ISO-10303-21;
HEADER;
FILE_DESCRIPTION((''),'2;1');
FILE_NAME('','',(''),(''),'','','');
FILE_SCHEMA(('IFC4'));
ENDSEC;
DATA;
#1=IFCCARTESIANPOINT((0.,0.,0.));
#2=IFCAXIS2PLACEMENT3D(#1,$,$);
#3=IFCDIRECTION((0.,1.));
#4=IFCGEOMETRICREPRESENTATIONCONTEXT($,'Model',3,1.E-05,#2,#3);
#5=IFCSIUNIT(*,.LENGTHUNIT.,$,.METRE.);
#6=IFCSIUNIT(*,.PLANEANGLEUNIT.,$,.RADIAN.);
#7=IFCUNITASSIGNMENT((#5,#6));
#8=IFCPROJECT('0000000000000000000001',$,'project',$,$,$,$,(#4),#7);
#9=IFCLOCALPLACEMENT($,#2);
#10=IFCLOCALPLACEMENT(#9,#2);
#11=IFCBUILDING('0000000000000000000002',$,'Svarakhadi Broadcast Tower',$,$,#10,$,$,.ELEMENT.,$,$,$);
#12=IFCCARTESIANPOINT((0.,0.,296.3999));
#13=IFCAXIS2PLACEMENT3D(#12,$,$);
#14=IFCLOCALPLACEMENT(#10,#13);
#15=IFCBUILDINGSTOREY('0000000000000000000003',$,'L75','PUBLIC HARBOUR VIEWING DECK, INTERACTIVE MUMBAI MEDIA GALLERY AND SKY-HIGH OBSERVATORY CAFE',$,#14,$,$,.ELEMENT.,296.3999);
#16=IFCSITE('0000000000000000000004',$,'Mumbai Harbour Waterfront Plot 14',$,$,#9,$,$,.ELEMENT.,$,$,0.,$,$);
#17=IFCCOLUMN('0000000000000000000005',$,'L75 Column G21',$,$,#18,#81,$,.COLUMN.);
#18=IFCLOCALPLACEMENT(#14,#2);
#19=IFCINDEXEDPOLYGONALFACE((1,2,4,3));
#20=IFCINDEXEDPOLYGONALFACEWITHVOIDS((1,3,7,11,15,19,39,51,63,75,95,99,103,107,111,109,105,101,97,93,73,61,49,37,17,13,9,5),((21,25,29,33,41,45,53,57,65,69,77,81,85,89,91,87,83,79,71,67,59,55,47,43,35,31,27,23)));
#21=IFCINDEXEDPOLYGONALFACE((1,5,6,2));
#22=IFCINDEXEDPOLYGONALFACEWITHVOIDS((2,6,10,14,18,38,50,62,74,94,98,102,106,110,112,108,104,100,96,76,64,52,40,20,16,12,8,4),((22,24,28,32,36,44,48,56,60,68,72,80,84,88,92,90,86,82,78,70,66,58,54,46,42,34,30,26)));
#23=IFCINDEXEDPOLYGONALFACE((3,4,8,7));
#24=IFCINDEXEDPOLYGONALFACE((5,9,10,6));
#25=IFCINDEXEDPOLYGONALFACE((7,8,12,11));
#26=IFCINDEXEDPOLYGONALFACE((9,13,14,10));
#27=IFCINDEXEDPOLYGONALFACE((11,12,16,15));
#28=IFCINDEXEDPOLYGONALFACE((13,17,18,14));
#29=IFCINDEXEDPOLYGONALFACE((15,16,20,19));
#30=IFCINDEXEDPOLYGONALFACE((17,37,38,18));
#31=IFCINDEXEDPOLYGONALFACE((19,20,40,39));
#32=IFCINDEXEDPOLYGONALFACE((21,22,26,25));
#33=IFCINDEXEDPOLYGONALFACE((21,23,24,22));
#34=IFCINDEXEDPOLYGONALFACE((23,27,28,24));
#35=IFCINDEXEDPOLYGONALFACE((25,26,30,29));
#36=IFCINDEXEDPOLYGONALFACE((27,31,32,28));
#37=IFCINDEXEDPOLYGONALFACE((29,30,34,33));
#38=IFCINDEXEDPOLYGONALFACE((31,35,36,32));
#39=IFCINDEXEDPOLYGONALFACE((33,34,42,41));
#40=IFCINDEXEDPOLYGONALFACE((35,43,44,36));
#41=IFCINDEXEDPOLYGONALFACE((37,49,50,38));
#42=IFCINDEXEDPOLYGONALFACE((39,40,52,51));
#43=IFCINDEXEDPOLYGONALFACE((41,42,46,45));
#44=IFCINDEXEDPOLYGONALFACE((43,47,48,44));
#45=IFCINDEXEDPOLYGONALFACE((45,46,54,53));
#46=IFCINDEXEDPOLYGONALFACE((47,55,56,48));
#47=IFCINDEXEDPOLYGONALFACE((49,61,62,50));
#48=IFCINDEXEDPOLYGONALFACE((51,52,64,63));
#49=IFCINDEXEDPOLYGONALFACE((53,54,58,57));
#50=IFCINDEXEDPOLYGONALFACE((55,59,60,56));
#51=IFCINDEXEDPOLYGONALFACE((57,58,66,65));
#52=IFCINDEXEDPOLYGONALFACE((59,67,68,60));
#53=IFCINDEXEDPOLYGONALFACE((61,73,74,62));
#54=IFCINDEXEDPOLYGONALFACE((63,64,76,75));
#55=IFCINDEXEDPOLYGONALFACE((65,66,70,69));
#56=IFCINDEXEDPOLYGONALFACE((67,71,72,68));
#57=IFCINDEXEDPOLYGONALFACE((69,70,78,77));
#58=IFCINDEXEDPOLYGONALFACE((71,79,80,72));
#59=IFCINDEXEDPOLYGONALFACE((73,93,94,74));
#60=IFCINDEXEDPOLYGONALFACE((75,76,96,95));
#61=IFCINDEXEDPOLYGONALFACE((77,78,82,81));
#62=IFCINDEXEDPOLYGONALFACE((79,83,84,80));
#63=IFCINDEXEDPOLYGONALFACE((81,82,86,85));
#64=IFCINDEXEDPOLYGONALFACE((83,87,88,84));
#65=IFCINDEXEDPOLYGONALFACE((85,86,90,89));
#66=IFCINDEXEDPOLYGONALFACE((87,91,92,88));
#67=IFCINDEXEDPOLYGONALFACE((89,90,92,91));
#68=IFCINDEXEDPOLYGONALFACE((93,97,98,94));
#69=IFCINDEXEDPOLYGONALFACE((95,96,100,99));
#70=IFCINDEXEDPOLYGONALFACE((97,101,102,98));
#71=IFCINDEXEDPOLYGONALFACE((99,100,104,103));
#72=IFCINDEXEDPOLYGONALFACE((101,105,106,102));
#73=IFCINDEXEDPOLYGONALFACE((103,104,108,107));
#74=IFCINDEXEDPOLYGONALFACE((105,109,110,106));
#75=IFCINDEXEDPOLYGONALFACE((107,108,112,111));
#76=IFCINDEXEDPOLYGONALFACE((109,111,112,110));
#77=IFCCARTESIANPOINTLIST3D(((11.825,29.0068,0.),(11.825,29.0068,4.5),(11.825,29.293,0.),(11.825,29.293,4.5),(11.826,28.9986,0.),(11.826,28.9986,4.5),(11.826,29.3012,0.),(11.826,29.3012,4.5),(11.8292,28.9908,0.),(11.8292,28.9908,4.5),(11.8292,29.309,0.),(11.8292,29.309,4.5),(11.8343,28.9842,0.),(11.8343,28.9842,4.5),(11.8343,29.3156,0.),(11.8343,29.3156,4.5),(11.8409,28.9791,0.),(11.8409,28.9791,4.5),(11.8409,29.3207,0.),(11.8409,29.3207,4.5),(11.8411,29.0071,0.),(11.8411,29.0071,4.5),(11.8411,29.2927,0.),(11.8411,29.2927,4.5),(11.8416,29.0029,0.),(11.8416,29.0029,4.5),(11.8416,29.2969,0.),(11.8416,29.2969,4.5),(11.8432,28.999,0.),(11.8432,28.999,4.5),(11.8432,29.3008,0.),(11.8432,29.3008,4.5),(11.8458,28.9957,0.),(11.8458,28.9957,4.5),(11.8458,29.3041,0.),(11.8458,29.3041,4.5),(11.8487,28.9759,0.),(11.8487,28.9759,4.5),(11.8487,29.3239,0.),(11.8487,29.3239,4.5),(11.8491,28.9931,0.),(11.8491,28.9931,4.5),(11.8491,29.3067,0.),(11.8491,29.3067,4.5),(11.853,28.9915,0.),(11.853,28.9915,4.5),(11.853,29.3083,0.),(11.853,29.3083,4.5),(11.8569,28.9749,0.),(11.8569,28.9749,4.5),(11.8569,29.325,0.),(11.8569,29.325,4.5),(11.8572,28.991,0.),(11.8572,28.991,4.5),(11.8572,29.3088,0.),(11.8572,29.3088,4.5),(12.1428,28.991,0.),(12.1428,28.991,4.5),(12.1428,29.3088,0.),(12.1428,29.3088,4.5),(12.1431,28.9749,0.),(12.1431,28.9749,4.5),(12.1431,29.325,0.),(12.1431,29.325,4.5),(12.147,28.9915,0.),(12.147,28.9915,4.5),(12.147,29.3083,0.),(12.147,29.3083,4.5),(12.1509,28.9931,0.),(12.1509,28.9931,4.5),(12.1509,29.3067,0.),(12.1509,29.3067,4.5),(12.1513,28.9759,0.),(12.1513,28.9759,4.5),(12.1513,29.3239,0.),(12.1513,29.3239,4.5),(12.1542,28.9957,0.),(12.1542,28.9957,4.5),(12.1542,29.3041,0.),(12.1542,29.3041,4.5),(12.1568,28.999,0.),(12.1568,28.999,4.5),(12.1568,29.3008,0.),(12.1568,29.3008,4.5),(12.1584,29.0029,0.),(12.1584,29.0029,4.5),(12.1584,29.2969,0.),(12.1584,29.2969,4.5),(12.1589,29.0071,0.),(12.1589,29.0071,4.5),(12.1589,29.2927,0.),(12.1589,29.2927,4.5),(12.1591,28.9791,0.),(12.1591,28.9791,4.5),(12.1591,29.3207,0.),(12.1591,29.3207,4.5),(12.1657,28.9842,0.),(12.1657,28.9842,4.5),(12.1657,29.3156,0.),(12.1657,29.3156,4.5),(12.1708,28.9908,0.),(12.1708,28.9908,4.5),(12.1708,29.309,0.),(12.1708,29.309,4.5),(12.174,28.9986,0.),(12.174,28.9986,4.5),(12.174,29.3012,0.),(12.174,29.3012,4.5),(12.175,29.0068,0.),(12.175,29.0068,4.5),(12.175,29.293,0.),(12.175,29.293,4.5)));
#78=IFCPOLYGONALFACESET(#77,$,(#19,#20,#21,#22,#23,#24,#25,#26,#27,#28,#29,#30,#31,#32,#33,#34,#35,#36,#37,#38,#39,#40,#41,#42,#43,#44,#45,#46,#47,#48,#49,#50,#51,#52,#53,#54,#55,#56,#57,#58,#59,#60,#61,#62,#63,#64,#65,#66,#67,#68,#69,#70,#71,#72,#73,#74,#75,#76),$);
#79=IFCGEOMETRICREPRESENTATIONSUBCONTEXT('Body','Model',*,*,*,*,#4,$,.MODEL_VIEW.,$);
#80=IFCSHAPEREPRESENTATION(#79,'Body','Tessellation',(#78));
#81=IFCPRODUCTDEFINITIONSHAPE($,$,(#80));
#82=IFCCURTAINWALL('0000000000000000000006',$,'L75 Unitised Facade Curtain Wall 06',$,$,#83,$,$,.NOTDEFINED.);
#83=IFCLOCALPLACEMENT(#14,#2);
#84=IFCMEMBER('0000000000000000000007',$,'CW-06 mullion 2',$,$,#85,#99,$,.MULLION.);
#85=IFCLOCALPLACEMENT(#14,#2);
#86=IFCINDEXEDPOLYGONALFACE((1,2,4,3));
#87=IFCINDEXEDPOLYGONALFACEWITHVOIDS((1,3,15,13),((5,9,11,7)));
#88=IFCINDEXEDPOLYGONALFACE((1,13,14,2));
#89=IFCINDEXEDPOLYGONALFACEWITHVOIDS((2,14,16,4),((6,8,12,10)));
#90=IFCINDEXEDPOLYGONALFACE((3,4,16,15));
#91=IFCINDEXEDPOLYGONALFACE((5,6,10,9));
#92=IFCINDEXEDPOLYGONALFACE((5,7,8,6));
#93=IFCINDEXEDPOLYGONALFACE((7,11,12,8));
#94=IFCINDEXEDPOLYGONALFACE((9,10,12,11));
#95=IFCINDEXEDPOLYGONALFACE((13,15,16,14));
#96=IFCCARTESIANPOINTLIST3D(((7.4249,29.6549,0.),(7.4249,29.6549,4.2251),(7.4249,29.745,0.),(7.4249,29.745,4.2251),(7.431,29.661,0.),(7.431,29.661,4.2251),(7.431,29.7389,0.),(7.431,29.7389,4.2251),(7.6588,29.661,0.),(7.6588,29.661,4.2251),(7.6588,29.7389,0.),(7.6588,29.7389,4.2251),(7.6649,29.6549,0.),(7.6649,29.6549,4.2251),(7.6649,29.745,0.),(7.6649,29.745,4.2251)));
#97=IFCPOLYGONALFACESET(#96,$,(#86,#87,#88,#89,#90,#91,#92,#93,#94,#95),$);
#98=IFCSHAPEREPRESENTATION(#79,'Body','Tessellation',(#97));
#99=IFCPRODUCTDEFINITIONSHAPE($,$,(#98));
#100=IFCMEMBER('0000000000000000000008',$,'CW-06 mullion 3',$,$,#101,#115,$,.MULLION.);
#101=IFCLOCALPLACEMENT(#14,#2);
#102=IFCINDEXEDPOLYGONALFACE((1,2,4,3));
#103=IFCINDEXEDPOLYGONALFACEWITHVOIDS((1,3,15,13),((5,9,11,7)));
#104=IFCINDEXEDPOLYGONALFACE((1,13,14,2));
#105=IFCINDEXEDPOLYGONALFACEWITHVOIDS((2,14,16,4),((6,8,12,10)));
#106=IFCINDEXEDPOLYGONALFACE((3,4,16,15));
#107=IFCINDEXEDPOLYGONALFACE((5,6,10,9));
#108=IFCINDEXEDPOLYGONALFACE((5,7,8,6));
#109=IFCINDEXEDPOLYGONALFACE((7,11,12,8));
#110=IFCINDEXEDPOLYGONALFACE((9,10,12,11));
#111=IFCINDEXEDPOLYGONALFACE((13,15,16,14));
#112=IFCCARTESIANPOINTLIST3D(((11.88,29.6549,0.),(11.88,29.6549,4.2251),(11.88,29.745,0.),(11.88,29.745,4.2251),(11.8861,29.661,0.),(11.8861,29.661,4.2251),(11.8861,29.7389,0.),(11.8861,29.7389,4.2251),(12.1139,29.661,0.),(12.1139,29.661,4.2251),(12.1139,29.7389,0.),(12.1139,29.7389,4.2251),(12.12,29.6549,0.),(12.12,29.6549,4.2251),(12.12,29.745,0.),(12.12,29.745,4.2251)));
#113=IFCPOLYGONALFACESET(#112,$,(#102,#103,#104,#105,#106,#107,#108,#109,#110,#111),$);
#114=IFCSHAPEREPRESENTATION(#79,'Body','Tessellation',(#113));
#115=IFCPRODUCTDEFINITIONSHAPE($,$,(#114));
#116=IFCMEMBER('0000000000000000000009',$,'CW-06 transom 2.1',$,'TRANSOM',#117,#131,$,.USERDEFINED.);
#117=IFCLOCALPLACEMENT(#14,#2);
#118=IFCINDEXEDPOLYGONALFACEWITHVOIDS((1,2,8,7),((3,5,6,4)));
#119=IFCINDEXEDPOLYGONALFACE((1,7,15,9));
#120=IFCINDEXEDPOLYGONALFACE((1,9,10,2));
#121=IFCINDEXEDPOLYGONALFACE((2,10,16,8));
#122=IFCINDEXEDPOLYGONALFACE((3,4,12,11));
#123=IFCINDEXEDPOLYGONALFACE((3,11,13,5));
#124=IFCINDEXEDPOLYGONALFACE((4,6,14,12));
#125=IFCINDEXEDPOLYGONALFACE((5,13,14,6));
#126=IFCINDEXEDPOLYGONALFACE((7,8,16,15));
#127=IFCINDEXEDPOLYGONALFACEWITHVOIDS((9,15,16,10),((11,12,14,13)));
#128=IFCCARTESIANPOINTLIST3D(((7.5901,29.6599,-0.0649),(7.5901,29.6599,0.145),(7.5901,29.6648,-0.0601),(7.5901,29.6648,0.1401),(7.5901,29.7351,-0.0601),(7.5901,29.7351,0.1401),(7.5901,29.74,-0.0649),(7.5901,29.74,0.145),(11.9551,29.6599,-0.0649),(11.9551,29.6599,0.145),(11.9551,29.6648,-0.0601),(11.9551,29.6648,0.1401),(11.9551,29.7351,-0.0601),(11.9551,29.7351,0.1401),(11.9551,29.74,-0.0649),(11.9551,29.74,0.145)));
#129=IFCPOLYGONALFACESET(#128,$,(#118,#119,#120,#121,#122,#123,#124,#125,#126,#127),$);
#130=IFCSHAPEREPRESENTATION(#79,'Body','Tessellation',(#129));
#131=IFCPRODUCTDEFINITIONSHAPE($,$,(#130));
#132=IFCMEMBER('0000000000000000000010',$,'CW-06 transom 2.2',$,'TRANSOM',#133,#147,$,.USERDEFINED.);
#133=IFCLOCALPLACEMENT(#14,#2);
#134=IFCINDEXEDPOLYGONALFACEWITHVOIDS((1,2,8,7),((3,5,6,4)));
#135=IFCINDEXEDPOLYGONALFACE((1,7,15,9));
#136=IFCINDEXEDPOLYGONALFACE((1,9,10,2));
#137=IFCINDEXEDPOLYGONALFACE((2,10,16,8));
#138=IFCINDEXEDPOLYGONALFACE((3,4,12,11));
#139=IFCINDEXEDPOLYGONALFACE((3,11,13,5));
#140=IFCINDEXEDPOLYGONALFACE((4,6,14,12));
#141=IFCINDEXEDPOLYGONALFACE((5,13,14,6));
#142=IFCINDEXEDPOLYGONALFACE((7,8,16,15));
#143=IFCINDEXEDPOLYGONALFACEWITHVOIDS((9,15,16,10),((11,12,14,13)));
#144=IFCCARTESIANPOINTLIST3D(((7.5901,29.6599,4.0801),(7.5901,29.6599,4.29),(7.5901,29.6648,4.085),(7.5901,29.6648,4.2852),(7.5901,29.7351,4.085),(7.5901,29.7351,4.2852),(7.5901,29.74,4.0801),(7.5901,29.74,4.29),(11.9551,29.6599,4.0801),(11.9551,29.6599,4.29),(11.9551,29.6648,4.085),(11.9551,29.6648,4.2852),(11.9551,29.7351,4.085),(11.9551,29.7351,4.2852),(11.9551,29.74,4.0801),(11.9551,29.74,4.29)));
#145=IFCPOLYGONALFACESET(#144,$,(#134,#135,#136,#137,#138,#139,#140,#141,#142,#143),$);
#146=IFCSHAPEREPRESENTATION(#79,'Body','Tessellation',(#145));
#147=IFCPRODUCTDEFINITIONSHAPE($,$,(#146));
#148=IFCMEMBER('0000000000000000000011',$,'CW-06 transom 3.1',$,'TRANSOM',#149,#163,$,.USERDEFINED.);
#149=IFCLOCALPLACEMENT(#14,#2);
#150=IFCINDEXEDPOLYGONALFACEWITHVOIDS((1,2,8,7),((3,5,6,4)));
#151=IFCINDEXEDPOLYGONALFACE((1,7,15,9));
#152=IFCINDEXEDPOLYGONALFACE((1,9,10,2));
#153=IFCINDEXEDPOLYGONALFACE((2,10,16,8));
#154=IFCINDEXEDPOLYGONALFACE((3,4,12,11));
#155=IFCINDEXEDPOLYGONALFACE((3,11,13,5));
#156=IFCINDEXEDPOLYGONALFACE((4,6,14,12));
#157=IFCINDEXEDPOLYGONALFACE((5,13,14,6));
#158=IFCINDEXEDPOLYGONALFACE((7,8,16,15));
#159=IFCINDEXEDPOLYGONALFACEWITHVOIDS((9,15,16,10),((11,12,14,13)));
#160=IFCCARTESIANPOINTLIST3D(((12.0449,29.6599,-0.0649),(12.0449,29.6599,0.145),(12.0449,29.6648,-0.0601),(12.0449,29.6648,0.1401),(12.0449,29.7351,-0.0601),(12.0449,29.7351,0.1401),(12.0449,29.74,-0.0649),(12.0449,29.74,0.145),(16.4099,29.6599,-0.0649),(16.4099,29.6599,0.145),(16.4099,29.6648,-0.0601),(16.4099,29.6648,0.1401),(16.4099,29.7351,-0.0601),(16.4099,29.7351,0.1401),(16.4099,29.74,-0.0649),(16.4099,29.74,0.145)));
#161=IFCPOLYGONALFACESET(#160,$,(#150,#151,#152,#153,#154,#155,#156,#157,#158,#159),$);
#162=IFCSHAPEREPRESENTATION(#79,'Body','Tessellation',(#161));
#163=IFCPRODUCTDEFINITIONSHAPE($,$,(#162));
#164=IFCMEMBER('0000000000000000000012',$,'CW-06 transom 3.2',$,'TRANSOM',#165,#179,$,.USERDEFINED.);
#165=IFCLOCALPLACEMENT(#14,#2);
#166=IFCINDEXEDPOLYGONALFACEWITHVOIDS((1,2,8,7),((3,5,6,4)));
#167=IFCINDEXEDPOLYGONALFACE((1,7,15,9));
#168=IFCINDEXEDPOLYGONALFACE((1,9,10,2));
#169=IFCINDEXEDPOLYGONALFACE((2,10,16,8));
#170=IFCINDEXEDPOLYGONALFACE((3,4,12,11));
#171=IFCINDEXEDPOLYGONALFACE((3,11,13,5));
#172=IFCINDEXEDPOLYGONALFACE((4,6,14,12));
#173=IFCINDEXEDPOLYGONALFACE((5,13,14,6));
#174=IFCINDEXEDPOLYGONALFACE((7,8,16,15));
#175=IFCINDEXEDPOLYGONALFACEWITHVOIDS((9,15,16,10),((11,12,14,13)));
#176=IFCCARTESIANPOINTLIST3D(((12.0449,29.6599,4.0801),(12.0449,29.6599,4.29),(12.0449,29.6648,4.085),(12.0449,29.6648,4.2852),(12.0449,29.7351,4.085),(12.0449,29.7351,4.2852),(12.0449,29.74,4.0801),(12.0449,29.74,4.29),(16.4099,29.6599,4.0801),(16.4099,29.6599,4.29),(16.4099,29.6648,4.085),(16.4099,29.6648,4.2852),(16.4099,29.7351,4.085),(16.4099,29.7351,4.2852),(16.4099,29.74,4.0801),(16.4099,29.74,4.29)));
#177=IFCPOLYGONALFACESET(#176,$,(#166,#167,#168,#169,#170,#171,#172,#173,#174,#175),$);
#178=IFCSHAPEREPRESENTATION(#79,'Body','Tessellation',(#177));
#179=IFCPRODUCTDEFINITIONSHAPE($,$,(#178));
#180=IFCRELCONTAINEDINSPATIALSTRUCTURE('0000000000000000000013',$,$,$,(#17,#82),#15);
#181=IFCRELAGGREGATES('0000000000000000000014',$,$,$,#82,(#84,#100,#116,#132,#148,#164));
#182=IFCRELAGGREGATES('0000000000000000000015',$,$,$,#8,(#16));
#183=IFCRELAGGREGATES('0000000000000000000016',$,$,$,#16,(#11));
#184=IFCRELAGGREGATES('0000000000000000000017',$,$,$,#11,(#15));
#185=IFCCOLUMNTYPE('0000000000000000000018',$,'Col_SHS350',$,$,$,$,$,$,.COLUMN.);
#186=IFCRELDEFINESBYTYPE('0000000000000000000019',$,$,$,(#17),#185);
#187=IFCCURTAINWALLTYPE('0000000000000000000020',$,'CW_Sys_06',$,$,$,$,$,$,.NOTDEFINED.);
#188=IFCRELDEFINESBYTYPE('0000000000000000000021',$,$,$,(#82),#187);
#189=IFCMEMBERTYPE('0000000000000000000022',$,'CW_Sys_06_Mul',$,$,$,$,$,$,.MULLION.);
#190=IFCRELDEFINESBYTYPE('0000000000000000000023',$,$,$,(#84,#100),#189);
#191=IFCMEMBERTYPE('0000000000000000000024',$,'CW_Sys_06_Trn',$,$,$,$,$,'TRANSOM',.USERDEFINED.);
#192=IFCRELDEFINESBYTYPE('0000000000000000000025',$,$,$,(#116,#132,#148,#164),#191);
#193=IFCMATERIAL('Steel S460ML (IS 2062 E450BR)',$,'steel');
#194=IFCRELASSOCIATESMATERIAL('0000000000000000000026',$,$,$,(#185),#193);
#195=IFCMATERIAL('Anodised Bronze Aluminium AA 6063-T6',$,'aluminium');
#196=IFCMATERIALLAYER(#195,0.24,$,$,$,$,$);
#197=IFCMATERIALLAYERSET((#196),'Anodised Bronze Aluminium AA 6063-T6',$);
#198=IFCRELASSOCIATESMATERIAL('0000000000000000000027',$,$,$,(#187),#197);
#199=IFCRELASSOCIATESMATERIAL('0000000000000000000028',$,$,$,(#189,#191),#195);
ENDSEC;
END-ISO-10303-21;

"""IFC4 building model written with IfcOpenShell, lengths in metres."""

from ifc_helpers import new_model, si_unit, direction, frame, origin, origin_2d, place, context, subcontext, project, spatial, hollow_rectangle, extrude, material, layer, layer_set, material_profile, profile_set, type_object, element, aggregate, save


model = new_model("IFC4")

# Units and contexts
model_context = context("Model", 3, precision=1e-05, world=origin(), true_north=direction((0.0, 1.0)))
body_context = subcontext(model_context, "Body", "Model", "MODEL_VIEW")
ifc_project = project(units=[si_unit("LENGTHUNIT", "METRE"), si_unit("PLANEANGLEUNIT", "RADIAN")], contexts=[model_context])

# Site, building, storey
site_placement = place(None, origin())
site = spatial("IfcSite", under=ifc_project, at=site_placement, Name="Mumbai Harbour Waterfront Plot 14", CompositionType="ELEMENT", RefElevation=0.0)
building_placement = place(site_placement, origin())
building = spatial("IfcBuilding", under=site, at=building_placement, Name="Svarakhadi Broadcast Tower", CompositionType="ELEMENT")
storey_placement = place(building_placement, frame((0.0, 0.0, 296.3999)))
storey = spatial("IfcBuildingStorey", under=building, at=storey_placement, Name="L75", Description="PUBLIC HARBOUR VIEWING DECK, INTERACTIVE MUMBAI MEDIA GALLERY AND SKY-HIGH OBSERVATORY CAFE", CompositionType="ELEMENT", Elevation=296.3999)

# Column
ifc_material_1 = material(Name="Steel S460ML (IS 2062 E450BR)", Category="steel")
ifc_material_profile_1 = material_profile(ifc_material_1, hollow_rectangle(XDim=0.3501, YDim=0.3501, WallThickness=0.0161, InnerFilletRadius=0.0161, OuterFilletRadius=0.032, at=origin_2d()), Name="SHS 350x350x16")
ifc_profile_set_1 = profile_set([ifc_material_profile_1], Name="Steel S460ML (IS 2062 E450BR)")
column_type = type_object("IfcColumnType", Name="Col_SHS350", PredefinedType="COLUMN", material=ifc_profile_set_1)
column_placement = place(storey_placement, frame((12.0, 29.1499, 0.0), z_axis=(0.0, 0.0, 1.0), x_axis=(1.0, 0.0, 0.0)))
element("IfcColumn", 1, at=column_placement, inside=storey, type_object=column_type, Name="L75 Column G21", PredefinedType="COLUMN", context=body_context, shape_type="SweptSolid", body=[
    extrude(hollow_rectangle(XDim=0.3501, YDim=0.3501, WallThickness=0.0161, InnerFilletRadius=0.0161, OuterFilletRadius=0.032, at=origin_2d()), origin(), (0.0, 0.0, 1.0), 4.5),
])

# Curtain wall, members
ifc_material_2 = material(Name="Anodised Bronze Aluminium AA 6063-T6", Category="aluminium")
ifc_layer_1 = layer(ifc_material_2, 0.24)
ifc_layer_set_1 = layer_set([ifc_layer_1], Name="Anodised Bronze Aluminium AA 6063-T6")
curtain_wall_type = type_object("IfcCurtainWallType", Name="CW_Sys_06", PredefinedType="NOTDEFINED", material=ifc_layer_set_1)
curtain_wall_placement = place(storey_placement, origin())
curtain_wall = element("IfcCurtainWall", 2, at=curtain_wall_placement, inside=storey, type_object=curtain_wall_type, Name="L75 Unitised Facade Curtain Wall 06", PredefinedType="NOTDEFINED")
ifc_material_profile_2 = material_profile(ifc_material_2, hollow_rectangle(XDim=0.0901, YDim=0.24, WallThickness=0.0061, at=origin_2d()), Name="ALU MULLION 240x90x6")
ifc_profile_set_2 = profile_set([ifc_material_profile_2], Name="Anodised Bronze Aluminium AA 6063-T6")
member_type_1 = type_object("IfcMemberType", Name="CW_Sys_06_Mul", PredefinedType="MULLION", material=ifc_profile_set_2)
member_1_placement = place(storey_placement, frame((7.5449, 29.7, 0.0), z_axis=(0.0, 0.0, 1.0), x_axis=(0.0, 1.0, 0.0)))
member_1 = element("IfcMember", 3, at=member_1_placement, type_object=member_type_1, Name="CW-06 mullion 2", PredefinedType="MULLION", context=body_context, shape_type="SweptSolid", body=[
    extrude(hollow_rectangle(XDim=0.0901, YDim=0.24, WallThickness=0.0061, at=origin_2d()), origin(), (0.0, 0.0, 1.0), 4.2251),
])
member_2_placement = place(storey_placement, frame((12.0, 29.7, 0.0), z_axis=(0.0, 0.0, 1.0), x_axis=(0.0, 1.0, 0.0)))
member_2 = element("IfcMember", 4, at=member_2_placement, type_object=member_type_1, Name="CW-06 mullion 3", PredefinedType="MULLION", context=body_context, shape_type="SweptSolid", body=[
    extrude(hollow_rectangle(XDim=0.0901, YDim=0.24, WallThickness=0.0061, at=origin_2d()), origin(), (0.0, 0.0, 1.0), 4.2251),
])
ifc_material_profile_3 = material_profile(ifc_material_2, hollow_rectangle(XDim=0.0801, YDim=0.21, WallThickness=0.0049, at=origin_2d()), Name="ALU TRANSOM 210x80x5")
ifc_profile_set_3 = profile_set([ifc_material_profile_3], Name="Anodised Bronze Aluminium AA 6063-T6")
member_type_2 = type_object("IfcMemberType", Name="CW_Sys_06_Trn", ElementType="TRANSOM", PredefinedType="USERDEFINED", material=ifc_profile_set_3)
member_3_placement = place(storey_placement, frame((7.5901, 29.7, 0.04), z_axis=(1.0, 0.0, 0.0), x_axis=(0.0, 1.0, 0.0)))
member_3 = element("IfcMember", 5, at=member_3_placement, type_object=member_type_2, Name="CW-06 transom 2.1", ObjectType="TRANSOM", PredefinedType="USERDEFINED", context=body_context, shape_type="SweptSolid", body=[
    extrude(hollow_rectangle(XDim=0.0801, YDim=0.21, WallThickness=0.0049, at=origin_2d()), origin(), (0.0, 0.0, 1.0), 4.365),
])
member_4_placement = place(storey_placement, frame((7.5901, 29.7, 4.1851), z_axis=(1.0, 0.0, 0.0), x_axis=(0.0, 1.0, 0.0)))
member_4 = element("IfcMember", 6, at=member_4_placement, type_object=member_type_2, Name="CW-06 transom 2.2", ObjectType="TRANSOM", PredefinedType="USERDEFINED", context=body_context, shape_type="SweptSolid", body=[
    extrude(hollow_rectangle(XDim=0.0801, YDim=0.21, WallThickness=0.0049, at=origin_2d()), origin(), (0.0, 0.0, 1.0), 4.365),
])
member_5_placement = place(storey_placement, frame((12.0449, 29.7, 0.04), z_axis=(1.0, 0.0, 0.0), x_axis=(0.0, 1.0, 0.0)))
member_5 = element("IfcMember", 7, at=member_5_placement, type_object=member_type_2, Name="CW-06 transom 3.1", ObjectType="TRANSOM", PredefinedType="USERDEFINED", context=body_context, shape_type="SweptSolid", body=[
    extrude(hollow_rectangle(XDim=0.0801, YDim=0.21, WallThickness=0.0049, at=origin_2d()), origin(), (0.0, 0.0, 1.0), 4.365),
])
member_6_placement = place(storey_placement, frame((12.0449, 29.7, 4.1851), z_axis=(1.0, 0.0, 0.0), x_axis=(0.0, 1.0, 0.0)))
member_6 = element("IfcMember", 8, at=member_6_placement, type_object=member_type_2, Name="CW-06 transom 3.2", ObjectType="TRANSOM", PredefinedType="USERDEFINED", context=body_context, shape_type="SweptSolid", body=[
    extrude(hollow_rectangle(XDim=0.0801, YDim=0.21, WallThickness=0.0049, at=origin_2d()), origin(), (0.0, 0.0, 1.0), 4.365),
])

aggregate(curtain_wall, [member_1, member_2, member_3, member_4, member_5, member_6])

save(model, "model.ifc")
